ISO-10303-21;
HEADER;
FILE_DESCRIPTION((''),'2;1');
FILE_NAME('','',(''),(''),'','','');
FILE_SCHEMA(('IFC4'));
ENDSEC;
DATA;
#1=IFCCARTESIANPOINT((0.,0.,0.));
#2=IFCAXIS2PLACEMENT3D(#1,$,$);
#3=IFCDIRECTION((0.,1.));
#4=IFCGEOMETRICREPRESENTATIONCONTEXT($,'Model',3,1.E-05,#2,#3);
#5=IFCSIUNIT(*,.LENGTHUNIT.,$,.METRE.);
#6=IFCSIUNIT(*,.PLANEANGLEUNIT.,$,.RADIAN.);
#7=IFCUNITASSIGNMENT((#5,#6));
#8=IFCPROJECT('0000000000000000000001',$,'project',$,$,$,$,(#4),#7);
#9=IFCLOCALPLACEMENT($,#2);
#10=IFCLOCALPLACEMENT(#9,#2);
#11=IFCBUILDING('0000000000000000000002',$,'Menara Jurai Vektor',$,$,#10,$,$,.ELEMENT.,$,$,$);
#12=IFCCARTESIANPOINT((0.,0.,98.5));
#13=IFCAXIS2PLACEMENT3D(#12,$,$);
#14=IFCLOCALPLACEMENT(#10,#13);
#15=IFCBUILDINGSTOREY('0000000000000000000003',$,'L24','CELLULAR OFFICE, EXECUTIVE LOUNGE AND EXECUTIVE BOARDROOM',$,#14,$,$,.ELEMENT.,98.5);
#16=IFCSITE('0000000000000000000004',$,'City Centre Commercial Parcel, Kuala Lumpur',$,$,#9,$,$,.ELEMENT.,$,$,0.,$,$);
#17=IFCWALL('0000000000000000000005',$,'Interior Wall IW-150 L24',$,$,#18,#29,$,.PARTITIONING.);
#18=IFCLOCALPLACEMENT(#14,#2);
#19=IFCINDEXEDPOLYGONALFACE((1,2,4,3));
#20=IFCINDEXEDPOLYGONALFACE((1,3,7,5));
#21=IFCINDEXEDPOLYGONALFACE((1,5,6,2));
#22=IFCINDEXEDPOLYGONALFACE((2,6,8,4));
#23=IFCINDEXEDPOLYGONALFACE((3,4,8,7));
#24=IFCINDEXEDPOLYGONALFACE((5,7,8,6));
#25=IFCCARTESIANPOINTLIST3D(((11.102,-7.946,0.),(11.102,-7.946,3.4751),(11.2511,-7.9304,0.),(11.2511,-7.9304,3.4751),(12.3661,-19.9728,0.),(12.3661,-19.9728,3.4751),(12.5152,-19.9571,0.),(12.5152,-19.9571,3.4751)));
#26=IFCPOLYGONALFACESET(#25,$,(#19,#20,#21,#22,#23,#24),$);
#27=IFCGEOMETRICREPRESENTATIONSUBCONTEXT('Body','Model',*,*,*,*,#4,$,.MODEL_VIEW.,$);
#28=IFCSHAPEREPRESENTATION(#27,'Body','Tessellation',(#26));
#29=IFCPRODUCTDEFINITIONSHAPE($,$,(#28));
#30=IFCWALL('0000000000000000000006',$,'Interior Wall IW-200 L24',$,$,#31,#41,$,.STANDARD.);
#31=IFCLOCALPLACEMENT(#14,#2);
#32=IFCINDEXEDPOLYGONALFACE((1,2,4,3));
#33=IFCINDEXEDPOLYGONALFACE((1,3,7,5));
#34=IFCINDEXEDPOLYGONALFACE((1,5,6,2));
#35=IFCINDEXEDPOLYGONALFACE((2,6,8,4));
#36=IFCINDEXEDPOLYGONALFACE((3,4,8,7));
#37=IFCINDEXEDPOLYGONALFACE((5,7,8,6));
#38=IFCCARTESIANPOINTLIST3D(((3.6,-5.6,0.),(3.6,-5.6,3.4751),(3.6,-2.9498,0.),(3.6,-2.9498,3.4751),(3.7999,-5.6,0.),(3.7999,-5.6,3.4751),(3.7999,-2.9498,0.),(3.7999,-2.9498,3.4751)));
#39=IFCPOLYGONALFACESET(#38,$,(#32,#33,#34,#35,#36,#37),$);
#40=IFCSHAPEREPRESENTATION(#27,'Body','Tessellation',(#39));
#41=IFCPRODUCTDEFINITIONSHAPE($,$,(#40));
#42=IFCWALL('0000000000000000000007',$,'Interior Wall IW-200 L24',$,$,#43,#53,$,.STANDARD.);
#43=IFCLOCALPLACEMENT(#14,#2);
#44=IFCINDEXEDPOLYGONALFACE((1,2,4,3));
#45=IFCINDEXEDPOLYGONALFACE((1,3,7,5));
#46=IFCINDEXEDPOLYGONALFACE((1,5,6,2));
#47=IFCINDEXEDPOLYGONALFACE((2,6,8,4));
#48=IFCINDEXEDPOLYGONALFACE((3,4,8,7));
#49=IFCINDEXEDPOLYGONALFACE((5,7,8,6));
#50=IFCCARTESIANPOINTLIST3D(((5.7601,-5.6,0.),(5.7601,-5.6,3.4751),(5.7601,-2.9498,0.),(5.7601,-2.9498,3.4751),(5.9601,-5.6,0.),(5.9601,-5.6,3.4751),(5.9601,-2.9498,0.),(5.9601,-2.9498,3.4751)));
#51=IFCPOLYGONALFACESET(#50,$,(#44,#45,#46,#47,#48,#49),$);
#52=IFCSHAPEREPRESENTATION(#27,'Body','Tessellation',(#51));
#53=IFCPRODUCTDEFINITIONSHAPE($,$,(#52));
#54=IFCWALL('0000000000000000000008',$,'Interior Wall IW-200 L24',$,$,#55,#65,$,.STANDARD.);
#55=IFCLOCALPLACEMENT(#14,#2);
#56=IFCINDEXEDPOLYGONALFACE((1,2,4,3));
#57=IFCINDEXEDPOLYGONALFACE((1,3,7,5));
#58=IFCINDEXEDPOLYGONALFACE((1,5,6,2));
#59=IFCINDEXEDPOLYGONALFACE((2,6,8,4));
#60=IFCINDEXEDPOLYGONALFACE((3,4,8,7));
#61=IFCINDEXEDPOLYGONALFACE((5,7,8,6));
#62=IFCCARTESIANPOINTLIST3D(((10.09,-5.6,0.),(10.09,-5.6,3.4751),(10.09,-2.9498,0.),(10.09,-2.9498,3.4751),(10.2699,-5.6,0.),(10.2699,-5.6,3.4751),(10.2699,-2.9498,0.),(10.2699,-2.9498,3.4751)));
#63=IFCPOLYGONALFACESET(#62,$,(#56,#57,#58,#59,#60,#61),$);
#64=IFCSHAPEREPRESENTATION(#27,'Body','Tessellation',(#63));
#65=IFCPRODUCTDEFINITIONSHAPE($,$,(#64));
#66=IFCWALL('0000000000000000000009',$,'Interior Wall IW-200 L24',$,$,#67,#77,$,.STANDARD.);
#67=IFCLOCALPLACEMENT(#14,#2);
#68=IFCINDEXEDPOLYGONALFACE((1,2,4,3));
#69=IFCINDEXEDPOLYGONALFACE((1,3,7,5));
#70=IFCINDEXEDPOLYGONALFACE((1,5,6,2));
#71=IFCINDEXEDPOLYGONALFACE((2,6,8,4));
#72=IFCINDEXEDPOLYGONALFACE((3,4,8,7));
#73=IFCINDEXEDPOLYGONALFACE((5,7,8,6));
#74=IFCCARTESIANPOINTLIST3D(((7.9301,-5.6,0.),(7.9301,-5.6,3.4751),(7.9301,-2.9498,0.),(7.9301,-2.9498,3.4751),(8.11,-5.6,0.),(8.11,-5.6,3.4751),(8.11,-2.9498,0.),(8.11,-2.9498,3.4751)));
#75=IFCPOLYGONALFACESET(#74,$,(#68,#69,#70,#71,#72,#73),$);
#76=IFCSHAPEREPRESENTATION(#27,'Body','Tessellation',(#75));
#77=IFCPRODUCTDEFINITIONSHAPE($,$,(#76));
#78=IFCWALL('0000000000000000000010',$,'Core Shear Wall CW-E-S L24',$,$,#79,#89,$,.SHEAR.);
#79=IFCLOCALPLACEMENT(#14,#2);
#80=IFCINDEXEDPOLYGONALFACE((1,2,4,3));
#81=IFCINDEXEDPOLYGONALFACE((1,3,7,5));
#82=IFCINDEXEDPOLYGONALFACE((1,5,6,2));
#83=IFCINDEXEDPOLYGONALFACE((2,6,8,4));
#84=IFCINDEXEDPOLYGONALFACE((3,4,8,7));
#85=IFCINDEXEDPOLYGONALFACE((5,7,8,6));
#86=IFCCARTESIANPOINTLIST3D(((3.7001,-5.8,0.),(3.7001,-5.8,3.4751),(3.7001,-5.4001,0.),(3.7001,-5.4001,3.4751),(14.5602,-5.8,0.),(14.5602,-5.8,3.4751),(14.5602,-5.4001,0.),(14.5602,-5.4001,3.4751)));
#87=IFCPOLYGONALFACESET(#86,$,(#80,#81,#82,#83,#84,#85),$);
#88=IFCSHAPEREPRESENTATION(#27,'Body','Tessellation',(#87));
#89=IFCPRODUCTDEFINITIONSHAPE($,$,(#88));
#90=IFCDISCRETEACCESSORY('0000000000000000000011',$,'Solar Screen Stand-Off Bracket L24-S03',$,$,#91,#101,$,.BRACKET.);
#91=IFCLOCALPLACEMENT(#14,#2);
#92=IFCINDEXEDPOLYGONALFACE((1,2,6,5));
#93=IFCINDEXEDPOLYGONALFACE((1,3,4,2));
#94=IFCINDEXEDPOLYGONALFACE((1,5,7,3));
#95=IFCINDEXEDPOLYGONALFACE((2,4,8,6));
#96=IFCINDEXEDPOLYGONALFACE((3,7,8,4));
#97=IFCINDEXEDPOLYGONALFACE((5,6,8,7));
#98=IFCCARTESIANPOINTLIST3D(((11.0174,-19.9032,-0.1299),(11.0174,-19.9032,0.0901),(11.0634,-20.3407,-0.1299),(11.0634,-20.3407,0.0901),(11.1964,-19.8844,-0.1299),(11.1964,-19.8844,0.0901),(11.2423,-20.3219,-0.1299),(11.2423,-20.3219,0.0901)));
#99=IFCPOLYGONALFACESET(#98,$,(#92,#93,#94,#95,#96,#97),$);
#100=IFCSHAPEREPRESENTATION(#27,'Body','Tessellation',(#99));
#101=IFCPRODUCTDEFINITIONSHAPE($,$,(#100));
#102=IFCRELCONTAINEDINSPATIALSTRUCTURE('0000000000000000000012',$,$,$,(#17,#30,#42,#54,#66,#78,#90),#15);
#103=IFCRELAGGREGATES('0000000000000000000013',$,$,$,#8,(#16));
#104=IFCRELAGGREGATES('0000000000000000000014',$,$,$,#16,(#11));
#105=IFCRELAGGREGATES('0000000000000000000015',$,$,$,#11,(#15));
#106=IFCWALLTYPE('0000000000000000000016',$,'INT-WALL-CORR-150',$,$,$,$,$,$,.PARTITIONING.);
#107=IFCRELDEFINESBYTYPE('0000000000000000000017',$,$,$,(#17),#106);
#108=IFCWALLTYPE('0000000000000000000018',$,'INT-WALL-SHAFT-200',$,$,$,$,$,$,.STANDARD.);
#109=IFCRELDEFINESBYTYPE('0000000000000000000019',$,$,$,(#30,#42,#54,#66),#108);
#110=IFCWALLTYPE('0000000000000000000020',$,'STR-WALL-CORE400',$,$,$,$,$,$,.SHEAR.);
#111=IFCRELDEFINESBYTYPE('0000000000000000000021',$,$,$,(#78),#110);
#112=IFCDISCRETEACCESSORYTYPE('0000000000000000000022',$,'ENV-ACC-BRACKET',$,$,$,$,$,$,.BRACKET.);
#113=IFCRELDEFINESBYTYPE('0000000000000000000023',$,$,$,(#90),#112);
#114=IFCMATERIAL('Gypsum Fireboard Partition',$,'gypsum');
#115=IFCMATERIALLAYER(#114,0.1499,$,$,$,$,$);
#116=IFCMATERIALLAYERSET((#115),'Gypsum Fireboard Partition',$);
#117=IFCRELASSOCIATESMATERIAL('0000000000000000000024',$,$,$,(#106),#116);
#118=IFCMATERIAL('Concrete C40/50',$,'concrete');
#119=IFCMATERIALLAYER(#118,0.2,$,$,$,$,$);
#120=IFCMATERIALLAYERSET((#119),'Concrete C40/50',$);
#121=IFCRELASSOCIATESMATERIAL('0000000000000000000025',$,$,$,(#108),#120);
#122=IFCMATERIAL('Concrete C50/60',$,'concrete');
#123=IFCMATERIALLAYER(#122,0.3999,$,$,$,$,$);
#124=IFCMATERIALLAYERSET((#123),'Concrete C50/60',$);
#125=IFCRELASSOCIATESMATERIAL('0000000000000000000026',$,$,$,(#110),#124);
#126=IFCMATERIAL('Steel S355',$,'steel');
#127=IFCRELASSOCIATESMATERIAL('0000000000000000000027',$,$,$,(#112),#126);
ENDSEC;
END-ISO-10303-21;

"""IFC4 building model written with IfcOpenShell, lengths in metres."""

from ifc_helpers import new_model, si_unit, direction, frame, frame_2d, origin, origin_2d, place, context, subcontext, project, spatial, rectangle, extrude, material, layer, layer_set, type_object, element, save


model = new_model("IFC4")

# Units and contexts
model_context = context("Model", 3, precision=1e-05, world=origin(), true_north=direction((0.0, 1.0)))
body_context = subcontext(model_context, "Body", "Model", "MODEL_VIEW")
ifc_project = project(units=[si_unit("LENGTHUNIT", "METRE"), si_unit("PLANEANGLEUNIT", "RADIAN")], contexts=[model_context])

# Site, building, storey
site_placement = place(None, origin())
site = spatial("IfcSite", under=ifc_project, at=site_placement, Name="City Centre Commercial Parcel, Kuala Lumpur", CompositionType="ELEMENT", RefElevation=0.0)
building_placement = place(site_placement, origin())
building = spatial("IfcBuilding", under=site, at=building_placement, Name="Menara Jurai Vektor", CompositionType="ELEMENT")
storey_placement = place(building_placement, frame((0.0, 0.0, 98.5)))
storey = spatial("IfcBuildingStorey", under=building, at=storey_placement, Name="L24", Description="CELLULAR OFFICE, EXECUTIVE LOUNGE AND EXECUTIVE BOARDROOM", CompositionType="ELEMENT", Elevation=98.5)

# Shared definitions
ifc_material_1 = material(Name="Concrete C50/60", Category="concrete")

# Shared definitions
ifc_material_2 = material(Name="Steel S355", Category="steel")

# Shared definitions
ifc_material_3 = material(Name="Gypsum Fireboard Partition", Category="gypsum")
ifc_layer_1 = layer(ifc_material_3, 0.1499)
ifc_layer_set_1 = layer_set([ifc_layer_1], Name="Gypsum Fireboard Partition")
wall_type_1 = type_object("IfcWallType", Name="INT-WALL-CORR-150", PredefinedType="PARTITIONING", material=ifc_layer_set_1)

# Walls
wall_1_placement = place(storey_placement, frame((12.4407, -19.9648, 0.0), z_axis=(0.0, 0.0, 1.0), x_axis=(-0.104536, 0.994521, 0.0)))
element("IfcWall", 1, at=wall_1_placement, inside=storey, type_object=wall_type_1, Name="Interior Wall IW-150 L24", PredefinedType="PARTITIONING", context=body_context, shape_type="SweptSolid", body=[
    extrude(rectangle(XDim=12.093, YDim=0.1499, at=frame_2d((6.0464, 0.0))), origin(), (0.0, 0.0, 1.0), 3.4751),
])
ifc_material_4 = material(Name="Concrete C40/50", Category="concrete")
ifc_layer_2 = layer(ifc_material_4, 0.2)
ifc_layer_set_2 = layer_set([ifc_layer_2], Name="Concrete C40/50")
wall_type_2 = type_object("IfcWallType", Name="INT-WALL-SHAFT-200", PredefinedType="STANDARD", material=ifc_layer_set_2)
for number, where, z_axis, x_axis, name in (
    (2, (3.7, -5.6001, 0.0), (0.0, 0.0, 1.0), (0.0, 1.0, 0.0), "Interior Wall IW-200 L24"),
    (3, (5.8601, -5.6001, 0.0), (0.0, 0.0, 1.0), (0.0, 1.0, 0.0), "Interior Wall IW-200 L24"),
):
    element("IfcWall", number, at=place(storey_placement, frame(where, z_axis=z_axis, x_axis=x_axis)), inside=storey, type_object=wall_type_2, Name=name, PredefinedType="STANDARD", context=body_context, shape_type="SweptSolid", body=[
        extrude(rectangle(XDim=2.6501, YDim=0.2, at=frame_2d((1.3252, 0.0))), origin(), (0.0, 0.0, 1.0), 3.4751),
    ])
for number, where, z_axis, x_axis, name in (
    (4, (10.1799, -5.6001, 0.0), (0.0, 0.0, 1.0), (0.0, 1.0, 0.0), "Interior Wall IW-200 L24"),
    (5, (8.02, -5.6001, 0.0), (0.0, 0.0, 1.0), (0.0, 1.0, 0.0), "Interior Wall IW-200 L24"),
):
    element("IfcWall", number, at=place(storey_placement, frame(where, z_axis=z_axis, x_axis=x_axis)), inside=storey, type_object=wall_type_2, Name=name, PredefinedType="STANDARD", context=body_context, shape_type="SweptSolid", body=[
        extrude(rectangle(XDim=2.6501, YDim=0.1799, at=frame_2d((1.3252, 0.0))), origin(), (0.0, 0.0, 1.0), 3.4751),
    ])
ifc_layer_3 = layer(ifc_material_1, 0.3999)
ifc_layer_set_3 = layer_set([ifc_layer_3], Name="Concrete C50/60")
wall_type_3 = type_object("IfcWallType", Name="STR-WALL-CORE400", PredefinedType="SHEAR", material=ifc_layer_set_3)
wall_2_placement = place(storey_placement, frame((3.7, -5.6001, 0.0), z_axis=(0.0, 0.0, 1.0), x_axis=(1.0, 0.0, 0.0)))
element("IfcWall", 6, at=wall_2_placement, inside=storey, type_object=wall_type_3, Name="Core Shear Wall CW-E-S L24", PredefinedType="SHEAR", context=body_context, shape_type="SweptSolid", body=[
    extrude(rectangle(XDim=10.8601, YDim=0.3999, at=frame_2d((5.4302, 0.0))), origin(), (0.0, 0.0, 1.0), 3.4751),
])

# Discrete accessory
discrete_accessory_type = type_object("IfcDiscreteAccessoryType", Name="ENV-ACC-BRACKET", PredefinedType="BRACKET", material=ifc_material_2)
discrete_accessory_placement = place(storey_placement, frame((11.1299, -20.1125, -0.1299), z_axis=(0.0, 0.0, 1.0), x_axis=(0.994522, 0.104528, 0.0)))
element("IfcDiscreteAccessory", 7, at=discrete_accessory_placement, inside=storey, type_object=discrete_accessory_type, Name="Solar Screen Stand-Off Bracket L24-S03", PredefinedType="BRACKET", context=body_context, shape_type="SweptSolid", body=[
    extrude(rectangle(XDim=0.1799, YDim=0.4399, at=origin_2d()), origin(), (0.0, 0.0, 1.0), 0.22),
])

save(model, "model.ifc")
